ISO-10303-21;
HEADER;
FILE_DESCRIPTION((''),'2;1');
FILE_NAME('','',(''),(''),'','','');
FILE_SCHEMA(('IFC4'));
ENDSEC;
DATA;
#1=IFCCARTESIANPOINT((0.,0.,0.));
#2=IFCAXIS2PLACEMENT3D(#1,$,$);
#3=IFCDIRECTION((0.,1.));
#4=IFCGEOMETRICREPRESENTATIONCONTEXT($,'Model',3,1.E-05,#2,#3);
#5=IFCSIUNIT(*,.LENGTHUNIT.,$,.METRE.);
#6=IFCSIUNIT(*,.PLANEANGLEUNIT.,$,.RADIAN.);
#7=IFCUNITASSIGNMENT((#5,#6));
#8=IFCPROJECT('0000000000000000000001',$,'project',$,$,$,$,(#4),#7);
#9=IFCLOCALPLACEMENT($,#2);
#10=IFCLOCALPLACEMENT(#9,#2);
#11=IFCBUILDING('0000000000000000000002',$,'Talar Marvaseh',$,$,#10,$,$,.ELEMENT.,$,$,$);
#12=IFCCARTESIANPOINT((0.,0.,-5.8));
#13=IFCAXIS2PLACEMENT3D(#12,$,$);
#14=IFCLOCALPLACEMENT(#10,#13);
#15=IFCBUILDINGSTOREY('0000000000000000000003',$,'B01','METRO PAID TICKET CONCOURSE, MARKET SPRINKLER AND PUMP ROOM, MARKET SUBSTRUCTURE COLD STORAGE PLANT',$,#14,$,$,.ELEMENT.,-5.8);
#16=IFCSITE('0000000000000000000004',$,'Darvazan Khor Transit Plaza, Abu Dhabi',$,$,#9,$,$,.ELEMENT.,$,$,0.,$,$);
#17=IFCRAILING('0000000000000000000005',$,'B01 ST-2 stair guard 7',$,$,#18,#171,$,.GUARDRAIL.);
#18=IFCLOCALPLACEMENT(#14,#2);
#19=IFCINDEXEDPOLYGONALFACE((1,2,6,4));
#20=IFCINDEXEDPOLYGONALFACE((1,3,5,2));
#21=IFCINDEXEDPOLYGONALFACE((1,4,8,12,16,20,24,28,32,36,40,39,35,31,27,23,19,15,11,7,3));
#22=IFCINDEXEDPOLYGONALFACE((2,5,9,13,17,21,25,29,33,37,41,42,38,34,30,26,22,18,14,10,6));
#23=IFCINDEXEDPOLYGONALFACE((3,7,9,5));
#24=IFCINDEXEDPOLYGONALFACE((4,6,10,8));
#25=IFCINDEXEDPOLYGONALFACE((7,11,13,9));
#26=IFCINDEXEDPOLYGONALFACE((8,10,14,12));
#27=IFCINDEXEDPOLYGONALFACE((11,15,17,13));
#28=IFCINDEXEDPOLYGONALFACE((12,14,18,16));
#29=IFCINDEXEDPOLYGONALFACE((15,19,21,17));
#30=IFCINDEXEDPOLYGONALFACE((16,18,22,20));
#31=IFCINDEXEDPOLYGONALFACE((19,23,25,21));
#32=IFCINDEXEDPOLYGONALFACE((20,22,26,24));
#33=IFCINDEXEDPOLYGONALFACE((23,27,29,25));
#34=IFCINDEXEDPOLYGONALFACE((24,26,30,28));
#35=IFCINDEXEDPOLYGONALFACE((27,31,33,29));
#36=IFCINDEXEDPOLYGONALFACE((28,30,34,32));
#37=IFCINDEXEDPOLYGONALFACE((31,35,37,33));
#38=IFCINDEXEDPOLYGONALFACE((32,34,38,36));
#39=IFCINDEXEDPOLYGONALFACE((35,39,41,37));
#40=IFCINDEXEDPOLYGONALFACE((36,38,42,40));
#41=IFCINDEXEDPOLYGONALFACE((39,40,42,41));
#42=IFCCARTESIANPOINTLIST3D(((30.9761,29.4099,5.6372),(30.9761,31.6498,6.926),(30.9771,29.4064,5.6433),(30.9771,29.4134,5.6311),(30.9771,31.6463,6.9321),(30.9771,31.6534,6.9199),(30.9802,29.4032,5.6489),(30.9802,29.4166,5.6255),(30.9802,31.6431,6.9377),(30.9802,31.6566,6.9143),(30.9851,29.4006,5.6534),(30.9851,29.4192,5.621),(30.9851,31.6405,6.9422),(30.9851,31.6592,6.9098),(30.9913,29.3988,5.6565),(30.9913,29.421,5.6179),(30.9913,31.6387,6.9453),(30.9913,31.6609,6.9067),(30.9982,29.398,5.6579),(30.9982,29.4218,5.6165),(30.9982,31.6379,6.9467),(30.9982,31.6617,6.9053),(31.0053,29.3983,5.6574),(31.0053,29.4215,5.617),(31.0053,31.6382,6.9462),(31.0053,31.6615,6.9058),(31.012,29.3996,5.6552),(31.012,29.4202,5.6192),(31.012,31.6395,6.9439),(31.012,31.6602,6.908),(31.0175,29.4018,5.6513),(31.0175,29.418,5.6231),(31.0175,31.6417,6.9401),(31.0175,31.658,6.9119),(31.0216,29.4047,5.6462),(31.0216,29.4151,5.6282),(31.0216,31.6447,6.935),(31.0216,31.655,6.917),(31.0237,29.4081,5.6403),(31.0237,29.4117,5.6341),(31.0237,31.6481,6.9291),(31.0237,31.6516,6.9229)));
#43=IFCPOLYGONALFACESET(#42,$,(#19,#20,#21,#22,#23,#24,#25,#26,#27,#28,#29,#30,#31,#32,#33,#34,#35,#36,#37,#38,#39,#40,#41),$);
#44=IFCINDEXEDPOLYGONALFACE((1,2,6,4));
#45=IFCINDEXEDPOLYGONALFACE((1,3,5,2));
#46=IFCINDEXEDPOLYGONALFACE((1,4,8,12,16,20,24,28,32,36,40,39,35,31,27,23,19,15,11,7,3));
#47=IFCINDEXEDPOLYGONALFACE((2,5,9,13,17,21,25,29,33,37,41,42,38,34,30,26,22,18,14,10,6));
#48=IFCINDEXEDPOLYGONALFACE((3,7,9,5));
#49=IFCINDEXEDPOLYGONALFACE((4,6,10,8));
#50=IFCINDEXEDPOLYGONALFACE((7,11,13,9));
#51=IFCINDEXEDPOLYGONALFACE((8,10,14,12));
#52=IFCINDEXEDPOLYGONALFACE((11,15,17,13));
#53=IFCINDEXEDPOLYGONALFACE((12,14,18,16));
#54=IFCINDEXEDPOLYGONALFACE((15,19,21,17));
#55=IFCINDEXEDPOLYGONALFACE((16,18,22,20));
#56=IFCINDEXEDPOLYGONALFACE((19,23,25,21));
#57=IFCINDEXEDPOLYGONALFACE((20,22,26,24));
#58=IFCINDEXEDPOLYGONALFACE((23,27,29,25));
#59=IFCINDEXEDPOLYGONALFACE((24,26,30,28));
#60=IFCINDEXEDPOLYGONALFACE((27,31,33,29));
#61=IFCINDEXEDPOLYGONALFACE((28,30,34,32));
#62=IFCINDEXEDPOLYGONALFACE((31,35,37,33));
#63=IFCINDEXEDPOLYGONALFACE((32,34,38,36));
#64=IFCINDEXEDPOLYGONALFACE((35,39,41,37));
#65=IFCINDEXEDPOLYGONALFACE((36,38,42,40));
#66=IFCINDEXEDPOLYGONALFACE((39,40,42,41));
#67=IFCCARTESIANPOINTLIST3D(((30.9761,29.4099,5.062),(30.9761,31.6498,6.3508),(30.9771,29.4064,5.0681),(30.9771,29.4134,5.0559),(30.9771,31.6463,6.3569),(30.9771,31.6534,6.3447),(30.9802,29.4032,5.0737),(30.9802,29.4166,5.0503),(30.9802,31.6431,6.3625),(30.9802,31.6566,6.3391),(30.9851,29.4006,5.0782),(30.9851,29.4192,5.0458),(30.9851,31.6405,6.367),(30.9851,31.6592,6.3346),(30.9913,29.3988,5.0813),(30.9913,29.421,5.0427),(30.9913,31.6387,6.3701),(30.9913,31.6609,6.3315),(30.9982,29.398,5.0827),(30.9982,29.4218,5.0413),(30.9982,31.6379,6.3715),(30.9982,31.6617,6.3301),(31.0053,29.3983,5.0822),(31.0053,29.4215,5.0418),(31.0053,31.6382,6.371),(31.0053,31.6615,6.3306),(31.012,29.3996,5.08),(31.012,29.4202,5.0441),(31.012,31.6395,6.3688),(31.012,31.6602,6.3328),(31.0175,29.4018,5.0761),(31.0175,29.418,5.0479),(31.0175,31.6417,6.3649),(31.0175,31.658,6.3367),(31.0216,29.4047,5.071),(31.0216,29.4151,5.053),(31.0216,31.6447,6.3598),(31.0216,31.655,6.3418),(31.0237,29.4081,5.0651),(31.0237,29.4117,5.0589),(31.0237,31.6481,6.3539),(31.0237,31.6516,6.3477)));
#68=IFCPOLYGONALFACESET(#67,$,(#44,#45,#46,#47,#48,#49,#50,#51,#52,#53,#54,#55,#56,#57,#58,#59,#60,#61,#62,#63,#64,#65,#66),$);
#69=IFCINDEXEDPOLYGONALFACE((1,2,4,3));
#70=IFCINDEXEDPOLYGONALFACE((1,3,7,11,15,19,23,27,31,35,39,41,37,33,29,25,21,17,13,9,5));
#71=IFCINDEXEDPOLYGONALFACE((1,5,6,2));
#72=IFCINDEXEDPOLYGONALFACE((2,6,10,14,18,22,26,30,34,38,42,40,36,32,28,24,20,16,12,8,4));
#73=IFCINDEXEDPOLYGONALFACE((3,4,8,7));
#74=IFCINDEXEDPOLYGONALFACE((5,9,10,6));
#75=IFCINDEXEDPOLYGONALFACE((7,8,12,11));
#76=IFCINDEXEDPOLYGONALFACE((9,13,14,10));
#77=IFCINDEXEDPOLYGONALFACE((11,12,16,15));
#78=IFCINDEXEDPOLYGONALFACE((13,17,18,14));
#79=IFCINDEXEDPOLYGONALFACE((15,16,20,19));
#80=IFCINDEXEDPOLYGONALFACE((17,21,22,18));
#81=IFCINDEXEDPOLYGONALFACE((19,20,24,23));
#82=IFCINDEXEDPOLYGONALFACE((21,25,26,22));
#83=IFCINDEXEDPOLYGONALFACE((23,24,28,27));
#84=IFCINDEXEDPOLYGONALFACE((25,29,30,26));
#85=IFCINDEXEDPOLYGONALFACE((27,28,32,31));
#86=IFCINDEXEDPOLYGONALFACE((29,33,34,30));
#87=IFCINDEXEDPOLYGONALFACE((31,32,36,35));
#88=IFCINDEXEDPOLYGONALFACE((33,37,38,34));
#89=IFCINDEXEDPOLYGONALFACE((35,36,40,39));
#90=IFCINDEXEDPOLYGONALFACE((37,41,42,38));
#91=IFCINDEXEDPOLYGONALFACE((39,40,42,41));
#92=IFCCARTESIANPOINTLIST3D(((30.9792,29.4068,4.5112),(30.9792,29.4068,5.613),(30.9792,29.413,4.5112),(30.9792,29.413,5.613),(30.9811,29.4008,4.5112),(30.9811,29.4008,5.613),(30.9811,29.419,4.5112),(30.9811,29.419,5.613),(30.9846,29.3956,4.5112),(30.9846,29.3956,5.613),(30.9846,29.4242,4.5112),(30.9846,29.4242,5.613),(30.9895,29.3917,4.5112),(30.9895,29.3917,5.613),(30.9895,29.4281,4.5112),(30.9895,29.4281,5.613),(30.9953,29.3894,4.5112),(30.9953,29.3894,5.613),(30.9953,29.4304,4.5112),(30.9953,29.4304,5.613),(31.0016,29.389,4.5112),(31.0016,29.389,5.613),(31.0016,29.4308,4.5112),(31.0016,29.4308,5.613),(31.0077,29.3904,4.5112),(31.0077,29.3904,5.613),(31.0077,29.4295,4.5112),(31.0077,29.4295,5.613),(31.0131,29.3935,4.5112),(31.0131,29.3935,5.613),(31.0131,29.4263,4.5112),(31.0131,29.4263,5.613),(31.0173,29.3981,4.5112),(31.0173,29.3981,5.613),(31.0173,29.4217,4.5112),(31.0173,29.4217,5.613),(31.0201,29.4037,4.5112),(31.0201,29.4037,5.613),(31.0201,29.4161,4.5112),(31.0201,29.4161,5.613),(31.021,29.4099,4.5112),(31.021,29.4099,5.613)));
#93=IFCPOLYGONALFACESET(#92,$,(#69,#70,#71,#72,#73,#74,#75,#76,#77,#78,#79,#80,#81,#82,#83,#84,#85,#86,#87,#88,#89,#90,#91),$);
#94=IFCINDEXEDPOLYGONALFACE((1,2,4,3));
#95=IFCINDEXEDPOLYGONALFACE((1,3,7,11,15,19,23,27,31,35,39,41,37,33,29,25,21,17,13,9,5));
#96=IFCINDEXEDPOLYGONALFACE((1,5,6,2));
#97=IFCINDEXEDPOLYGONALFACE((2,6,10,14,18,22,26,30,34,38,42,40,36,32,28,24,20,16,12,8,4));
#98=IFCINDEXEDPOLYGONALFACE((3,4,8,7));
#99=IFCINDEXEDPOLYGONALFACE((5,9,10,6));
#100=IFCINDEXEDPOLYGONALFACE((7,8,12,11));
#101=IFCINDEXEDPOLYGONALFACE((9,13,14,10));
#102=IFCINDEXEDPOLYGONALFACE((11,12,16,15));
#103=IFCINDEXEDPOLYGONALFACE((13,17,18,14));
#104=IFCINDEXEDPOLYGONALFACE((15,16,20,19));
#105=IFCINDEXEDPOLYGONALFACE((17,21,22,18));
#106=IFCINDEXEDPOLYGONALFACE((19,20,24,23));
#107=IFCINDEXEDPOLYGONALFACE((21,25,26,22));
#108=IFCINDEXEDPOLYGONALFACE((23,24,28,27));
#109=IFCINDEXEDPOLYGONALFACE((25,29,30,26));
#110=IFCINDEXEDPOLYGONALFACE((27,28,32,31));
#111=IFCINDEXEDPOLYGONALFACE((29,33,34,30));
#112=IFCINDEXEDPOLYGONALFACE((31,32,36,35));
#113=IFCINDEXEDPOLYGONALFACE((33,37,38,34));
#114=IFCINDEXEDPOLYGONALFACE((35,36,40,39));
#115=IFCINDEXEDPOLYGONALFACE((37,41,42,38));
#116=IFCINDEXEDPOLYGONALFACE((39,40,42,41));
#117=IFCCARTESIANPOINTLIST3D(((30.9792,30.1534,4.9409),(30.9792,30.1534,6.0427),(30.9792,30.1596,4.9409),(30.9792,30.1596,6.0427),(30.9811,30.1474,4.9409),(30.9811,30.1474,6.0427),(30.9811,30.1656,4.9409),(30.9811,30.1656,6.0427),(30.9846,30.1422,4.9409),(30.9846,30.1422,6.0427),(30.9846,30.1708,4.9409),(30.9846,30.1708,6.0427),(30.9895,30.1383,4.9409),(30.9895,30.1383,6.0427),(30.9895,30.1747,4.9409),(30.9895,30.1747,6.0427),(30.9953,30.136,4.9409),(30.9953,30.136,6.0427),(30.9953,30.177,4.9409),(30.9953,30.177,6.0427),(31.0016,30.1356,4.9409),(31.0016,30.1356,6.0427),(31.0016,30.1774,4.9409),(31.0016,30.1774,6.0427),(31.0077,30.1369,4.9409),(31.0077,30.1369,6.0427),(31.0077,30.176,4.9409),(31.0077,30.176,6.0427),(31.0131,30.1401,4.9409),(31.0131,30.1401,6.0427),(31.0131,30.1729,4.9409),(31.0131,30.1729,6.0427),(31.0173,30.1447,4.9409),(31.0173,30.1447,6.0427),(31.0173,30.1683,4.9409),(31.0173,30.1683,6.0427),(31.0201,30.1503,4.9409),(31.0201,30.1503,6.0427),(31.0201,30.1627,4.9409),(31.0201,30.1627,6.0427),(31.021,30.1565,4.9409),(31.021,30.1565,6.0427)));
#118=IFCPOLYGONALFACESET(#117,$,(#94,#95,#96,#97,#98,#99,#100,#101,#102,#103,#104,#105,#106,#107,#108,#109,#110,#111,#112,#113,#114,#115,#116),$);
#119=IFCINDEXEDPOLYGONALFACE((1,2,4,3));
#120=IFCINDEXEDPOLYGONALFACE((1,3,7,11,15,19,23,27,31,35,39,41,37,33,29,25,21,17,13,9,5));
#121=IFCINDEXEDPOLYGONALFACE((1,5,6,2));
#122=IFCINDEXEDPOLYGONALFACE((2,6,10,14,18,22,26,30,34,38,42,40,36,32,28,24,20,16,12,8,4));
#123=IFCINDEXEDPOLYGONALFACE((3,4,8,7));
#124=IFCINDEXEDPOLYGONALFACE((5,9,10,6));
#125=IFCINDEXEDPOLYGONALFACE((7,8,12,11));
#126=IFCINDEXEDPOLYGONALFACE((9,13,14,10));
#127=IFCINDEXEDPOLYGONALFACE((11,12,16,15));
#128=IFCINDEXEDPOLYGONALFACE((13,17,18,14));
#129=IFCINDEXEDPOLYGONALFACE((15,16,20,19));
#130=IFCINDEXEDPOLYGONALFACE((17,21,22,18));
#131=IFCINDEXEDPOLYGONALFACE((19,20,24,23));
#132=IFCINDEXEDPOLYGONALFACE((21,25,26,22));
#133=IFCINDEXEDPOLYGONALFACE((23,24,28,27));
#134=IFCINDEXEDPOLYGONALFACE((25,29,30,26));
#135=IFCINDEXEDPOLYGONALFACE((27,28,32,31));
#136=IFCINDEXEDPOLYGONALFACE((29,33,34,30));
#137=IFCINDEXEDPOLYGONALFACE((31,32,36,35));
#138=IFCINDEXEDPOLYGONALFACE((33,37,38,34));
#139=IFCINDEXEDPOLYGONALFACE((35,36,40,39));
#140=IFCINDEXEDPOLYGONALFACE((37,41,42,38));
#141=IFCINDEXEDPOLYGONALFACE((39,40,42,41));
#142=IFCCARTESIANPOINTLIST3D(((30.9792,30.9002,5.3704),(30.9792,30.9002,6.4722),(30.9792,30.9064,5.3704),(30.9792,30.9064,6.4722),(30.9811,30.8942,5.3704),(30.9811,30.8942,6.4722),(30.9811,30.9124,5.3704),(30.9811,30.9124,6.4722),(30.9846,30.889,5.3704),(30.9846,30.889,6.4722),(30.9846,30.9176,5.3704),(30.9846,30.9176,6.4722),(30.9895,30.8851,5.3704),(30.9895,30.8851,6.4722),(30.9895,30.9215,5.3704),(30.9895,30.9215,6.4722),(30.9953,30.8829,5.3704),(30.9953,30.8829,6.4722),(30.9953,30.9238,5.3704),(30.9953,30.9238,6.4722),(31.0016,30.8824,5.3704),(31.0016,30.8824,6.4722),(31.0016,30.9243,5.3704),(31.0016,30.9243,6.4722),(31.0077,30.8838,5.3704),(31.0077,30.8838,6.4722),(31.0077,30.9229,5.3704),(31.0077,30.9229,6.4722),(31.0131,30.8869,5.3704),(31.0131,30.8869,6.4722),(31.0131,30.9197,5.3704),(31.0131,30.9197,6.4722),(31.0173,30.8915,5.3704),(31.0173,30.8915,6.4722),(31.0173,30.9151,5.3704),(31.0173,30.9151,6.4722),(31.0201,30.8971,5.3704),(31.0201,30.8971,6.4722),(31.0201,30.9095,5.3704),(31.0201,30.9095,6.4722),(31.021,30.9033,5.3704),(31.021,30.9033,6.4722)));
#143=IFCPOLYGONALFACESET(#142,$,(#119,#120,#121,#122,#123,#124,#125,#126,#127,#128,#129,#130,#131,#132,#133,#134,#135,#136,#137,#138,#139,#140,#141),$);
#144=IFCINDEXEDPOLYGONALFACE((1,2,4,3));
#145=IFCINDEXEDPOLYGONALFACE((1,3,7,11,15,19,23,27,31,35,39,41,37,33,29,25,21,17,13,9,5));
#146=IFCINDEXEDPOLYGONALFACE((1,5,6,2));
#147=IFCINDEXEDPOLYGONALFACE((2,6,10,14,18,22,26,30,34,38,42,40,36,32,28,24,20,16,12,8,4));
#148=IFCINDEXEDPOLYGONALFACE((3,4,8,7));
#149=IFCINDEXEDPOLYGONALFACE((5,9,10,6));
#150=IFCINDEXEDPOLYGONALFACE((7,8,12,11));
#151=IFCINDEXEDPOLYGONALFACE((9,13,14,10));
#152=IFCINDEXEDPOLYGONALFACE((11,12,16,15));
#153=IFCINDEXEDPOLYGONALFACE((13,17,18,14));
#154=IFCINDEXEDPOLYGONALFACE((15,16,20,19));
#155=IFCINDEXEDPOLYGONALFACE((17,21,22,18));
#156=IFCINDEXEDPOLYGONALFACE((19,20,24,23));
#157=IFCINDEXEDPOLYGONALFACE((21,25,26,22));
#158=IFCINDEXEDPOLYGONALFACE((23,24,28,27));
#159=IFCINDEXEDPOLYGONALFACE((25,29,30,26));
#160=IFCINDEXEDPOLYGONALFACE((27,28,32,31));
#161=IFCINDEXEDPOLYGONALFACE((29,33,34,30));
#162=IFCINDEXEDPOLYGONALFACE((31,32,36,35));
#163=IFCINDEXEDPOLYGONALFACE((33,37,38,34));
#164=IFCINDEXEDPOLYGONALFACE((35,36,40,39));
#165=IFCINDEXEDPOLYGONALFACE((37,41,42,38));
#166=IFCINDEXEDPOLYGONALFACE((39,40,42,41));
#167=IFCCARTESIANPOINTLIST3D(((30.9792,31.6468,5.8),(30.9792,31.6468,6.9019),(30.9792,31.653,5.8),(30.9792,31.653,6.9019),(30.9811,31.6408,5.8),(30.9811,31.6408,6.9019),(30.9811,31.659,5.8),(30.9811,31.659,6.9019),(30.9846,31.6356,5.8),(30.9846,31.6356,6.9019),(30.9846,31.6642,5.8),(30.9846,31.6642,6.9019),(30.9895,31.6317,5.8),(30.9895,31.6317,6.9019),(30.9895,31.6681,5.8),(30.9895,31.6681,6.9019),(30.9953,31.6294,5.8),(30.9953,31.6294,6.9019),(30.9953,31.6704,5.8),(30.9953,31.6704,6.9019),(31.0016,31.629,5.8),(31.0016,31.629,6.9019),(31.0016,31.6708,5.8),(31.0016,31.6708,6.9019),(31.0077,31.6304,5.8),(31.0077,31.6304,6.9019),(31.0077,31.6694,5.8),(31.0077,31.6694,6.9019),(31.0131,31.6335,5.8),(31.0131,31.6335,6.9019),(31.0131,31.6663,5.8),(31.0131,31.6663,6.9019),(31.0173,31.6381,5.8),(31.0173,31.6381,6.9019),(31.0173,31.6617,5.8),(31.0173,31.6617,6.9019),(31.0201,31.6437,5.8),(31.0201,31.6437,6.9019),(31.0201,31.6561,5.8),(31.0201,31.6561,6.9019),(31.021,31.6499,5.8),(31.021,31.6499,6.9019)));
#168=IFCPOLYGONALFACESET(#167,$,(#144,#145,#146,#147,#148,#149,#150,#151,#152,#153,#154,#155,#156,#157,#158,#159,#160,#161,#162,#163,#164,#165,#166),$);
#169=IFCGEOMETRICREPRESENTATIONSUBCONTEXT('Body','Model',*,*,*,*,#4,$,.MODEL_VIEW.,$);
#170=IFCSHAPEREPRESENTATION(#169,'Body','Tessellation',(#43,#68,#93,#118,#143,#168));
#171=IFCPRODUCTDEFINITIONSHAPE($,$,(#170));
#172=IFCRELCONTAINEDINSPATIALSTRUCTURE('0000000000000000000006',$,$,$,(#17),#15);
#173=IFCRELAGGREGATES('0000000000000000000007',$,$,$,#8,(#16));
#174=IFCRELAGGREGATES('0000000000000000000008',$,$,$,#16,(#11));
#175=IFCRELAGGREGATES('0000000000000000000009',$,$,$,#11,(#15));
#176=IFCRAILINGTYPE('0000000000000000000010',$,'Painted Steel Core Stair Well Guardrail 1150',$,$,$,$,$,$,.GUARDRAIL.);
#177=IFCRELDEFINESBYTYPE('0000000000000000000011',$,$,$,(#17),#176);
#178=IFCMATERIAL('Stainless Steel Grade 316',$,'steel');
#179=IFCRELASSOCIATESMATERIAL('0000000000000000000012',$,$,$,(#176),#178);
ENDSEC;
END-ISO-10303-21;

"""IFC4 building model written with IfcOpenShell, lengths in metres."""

from ifc_helpers import new_model, si_unit, direction, frame, origin, origin_2d, place, context, subcontext, project, spatial, circle, extrude, material, type_object, element, save


model = new_model("IFC4")

# Units and contexts
model_context = context("Model", 3, precision=1e-05, world=origin(), true_north=direction((0.0, 1.0)))
body_context = subcontext(model_context, "Body", "Model", "MODEL_VIEW")
ifc_project = project(units=[si_unit("LENGTHUNIT", "METRE"), si_unit("PLANEANGLEUNIT", "RADIAN")], contexts=[model_context])

# Site, building, storey
site_placement = place(None, origin())
site = spatial("IfcSite", under=ifc_project, at=site_placement, Name="Darvazan Khor Transit Plaza, Abu Dhabi", CompositionType="ELEMENT", RefElevation=0.0)
building_placement = place(site_placement, origin())
building = spatial("IfcBuilding", under=site, at=building_placement, Name="Talar Marvaseh", CompositionType="ELEMENT")
storey_placement = place(building_placement, frame((0.0, 0.0, -5.8)))
storey = spatial("IfcBuildingStorey", under=building, at=storey_placement, Name="B01", Description="METRO PAID TICKET CONCOURSE, MARKET SPRINKLER AND PUMP ROOM, MARKET SUBSTRUCTURE COLD STORAGE PLANT", CompositionType="ELEMENT", Elevation=-5.8)

# Railing
ifc_material_1 = material(Name="Stainless Steel Grade 316", Category="steel")
railing_type_1 = type_object("IfcRailingType", Name="Painted Steel Core Stair Well Guardrail 1150", PredefinedType="GUARDRAIL", material=ifc_material_1)
railing_1_placement = place(storey_placement, frame((31.0, 29.4099, 4.5112)))
element("IfcRailing", 1, at=railing_1_placement, inside=storey, type_object=railing_type_1, Name="B01 ST-2 stair guard 7", PredefinedType="GUARDRAIL", context=body_context, shape_type="SweptSolid", body=[
    extrude(circle(Radius=0.0239, at=origin_2d()), frame((0.0, 0.0, 1.126), z_axis=(0.0, 0.866768, 0.498711), x_axis=(-1.0, 0.0, 0.0)), (0.0, 0.0, 1.0), 2.5842),
    extrude(circle(Radius=0.0239, at=origin_2d()), frame((0.0, 0.0, 0.5508), z_axis=(0.0, 0.866768, 0.498711), x_axis=(-1.0, 0.0, 0.0)), (0.0, 0.0, 1.0), 2.5842),
    extrude(circle(Radius=0.021, at=origin_2d()), origin(), (0.0, 0.0, 1.0), 1.1018),
    extrude(circle(Radius=0.021, at=origin_2d()), frame((0.0, 0.7466, 0.4297)), (0.0, 0.0, 1.0), 1.1018),
    extrude(circle(Radius=0.021, at=origin_2d()), frame((0.0, 1.4934, 0.8591)), (0.0, 0.0, 1.0), 1.1018),
    extrude(circle(Radius=0.021, at=origin_2d()), frame((0.0, 2.24, 1.2888)), (0.0, 0.0, 1.0), 1.1018),
])

save(model, "model.ifc")
